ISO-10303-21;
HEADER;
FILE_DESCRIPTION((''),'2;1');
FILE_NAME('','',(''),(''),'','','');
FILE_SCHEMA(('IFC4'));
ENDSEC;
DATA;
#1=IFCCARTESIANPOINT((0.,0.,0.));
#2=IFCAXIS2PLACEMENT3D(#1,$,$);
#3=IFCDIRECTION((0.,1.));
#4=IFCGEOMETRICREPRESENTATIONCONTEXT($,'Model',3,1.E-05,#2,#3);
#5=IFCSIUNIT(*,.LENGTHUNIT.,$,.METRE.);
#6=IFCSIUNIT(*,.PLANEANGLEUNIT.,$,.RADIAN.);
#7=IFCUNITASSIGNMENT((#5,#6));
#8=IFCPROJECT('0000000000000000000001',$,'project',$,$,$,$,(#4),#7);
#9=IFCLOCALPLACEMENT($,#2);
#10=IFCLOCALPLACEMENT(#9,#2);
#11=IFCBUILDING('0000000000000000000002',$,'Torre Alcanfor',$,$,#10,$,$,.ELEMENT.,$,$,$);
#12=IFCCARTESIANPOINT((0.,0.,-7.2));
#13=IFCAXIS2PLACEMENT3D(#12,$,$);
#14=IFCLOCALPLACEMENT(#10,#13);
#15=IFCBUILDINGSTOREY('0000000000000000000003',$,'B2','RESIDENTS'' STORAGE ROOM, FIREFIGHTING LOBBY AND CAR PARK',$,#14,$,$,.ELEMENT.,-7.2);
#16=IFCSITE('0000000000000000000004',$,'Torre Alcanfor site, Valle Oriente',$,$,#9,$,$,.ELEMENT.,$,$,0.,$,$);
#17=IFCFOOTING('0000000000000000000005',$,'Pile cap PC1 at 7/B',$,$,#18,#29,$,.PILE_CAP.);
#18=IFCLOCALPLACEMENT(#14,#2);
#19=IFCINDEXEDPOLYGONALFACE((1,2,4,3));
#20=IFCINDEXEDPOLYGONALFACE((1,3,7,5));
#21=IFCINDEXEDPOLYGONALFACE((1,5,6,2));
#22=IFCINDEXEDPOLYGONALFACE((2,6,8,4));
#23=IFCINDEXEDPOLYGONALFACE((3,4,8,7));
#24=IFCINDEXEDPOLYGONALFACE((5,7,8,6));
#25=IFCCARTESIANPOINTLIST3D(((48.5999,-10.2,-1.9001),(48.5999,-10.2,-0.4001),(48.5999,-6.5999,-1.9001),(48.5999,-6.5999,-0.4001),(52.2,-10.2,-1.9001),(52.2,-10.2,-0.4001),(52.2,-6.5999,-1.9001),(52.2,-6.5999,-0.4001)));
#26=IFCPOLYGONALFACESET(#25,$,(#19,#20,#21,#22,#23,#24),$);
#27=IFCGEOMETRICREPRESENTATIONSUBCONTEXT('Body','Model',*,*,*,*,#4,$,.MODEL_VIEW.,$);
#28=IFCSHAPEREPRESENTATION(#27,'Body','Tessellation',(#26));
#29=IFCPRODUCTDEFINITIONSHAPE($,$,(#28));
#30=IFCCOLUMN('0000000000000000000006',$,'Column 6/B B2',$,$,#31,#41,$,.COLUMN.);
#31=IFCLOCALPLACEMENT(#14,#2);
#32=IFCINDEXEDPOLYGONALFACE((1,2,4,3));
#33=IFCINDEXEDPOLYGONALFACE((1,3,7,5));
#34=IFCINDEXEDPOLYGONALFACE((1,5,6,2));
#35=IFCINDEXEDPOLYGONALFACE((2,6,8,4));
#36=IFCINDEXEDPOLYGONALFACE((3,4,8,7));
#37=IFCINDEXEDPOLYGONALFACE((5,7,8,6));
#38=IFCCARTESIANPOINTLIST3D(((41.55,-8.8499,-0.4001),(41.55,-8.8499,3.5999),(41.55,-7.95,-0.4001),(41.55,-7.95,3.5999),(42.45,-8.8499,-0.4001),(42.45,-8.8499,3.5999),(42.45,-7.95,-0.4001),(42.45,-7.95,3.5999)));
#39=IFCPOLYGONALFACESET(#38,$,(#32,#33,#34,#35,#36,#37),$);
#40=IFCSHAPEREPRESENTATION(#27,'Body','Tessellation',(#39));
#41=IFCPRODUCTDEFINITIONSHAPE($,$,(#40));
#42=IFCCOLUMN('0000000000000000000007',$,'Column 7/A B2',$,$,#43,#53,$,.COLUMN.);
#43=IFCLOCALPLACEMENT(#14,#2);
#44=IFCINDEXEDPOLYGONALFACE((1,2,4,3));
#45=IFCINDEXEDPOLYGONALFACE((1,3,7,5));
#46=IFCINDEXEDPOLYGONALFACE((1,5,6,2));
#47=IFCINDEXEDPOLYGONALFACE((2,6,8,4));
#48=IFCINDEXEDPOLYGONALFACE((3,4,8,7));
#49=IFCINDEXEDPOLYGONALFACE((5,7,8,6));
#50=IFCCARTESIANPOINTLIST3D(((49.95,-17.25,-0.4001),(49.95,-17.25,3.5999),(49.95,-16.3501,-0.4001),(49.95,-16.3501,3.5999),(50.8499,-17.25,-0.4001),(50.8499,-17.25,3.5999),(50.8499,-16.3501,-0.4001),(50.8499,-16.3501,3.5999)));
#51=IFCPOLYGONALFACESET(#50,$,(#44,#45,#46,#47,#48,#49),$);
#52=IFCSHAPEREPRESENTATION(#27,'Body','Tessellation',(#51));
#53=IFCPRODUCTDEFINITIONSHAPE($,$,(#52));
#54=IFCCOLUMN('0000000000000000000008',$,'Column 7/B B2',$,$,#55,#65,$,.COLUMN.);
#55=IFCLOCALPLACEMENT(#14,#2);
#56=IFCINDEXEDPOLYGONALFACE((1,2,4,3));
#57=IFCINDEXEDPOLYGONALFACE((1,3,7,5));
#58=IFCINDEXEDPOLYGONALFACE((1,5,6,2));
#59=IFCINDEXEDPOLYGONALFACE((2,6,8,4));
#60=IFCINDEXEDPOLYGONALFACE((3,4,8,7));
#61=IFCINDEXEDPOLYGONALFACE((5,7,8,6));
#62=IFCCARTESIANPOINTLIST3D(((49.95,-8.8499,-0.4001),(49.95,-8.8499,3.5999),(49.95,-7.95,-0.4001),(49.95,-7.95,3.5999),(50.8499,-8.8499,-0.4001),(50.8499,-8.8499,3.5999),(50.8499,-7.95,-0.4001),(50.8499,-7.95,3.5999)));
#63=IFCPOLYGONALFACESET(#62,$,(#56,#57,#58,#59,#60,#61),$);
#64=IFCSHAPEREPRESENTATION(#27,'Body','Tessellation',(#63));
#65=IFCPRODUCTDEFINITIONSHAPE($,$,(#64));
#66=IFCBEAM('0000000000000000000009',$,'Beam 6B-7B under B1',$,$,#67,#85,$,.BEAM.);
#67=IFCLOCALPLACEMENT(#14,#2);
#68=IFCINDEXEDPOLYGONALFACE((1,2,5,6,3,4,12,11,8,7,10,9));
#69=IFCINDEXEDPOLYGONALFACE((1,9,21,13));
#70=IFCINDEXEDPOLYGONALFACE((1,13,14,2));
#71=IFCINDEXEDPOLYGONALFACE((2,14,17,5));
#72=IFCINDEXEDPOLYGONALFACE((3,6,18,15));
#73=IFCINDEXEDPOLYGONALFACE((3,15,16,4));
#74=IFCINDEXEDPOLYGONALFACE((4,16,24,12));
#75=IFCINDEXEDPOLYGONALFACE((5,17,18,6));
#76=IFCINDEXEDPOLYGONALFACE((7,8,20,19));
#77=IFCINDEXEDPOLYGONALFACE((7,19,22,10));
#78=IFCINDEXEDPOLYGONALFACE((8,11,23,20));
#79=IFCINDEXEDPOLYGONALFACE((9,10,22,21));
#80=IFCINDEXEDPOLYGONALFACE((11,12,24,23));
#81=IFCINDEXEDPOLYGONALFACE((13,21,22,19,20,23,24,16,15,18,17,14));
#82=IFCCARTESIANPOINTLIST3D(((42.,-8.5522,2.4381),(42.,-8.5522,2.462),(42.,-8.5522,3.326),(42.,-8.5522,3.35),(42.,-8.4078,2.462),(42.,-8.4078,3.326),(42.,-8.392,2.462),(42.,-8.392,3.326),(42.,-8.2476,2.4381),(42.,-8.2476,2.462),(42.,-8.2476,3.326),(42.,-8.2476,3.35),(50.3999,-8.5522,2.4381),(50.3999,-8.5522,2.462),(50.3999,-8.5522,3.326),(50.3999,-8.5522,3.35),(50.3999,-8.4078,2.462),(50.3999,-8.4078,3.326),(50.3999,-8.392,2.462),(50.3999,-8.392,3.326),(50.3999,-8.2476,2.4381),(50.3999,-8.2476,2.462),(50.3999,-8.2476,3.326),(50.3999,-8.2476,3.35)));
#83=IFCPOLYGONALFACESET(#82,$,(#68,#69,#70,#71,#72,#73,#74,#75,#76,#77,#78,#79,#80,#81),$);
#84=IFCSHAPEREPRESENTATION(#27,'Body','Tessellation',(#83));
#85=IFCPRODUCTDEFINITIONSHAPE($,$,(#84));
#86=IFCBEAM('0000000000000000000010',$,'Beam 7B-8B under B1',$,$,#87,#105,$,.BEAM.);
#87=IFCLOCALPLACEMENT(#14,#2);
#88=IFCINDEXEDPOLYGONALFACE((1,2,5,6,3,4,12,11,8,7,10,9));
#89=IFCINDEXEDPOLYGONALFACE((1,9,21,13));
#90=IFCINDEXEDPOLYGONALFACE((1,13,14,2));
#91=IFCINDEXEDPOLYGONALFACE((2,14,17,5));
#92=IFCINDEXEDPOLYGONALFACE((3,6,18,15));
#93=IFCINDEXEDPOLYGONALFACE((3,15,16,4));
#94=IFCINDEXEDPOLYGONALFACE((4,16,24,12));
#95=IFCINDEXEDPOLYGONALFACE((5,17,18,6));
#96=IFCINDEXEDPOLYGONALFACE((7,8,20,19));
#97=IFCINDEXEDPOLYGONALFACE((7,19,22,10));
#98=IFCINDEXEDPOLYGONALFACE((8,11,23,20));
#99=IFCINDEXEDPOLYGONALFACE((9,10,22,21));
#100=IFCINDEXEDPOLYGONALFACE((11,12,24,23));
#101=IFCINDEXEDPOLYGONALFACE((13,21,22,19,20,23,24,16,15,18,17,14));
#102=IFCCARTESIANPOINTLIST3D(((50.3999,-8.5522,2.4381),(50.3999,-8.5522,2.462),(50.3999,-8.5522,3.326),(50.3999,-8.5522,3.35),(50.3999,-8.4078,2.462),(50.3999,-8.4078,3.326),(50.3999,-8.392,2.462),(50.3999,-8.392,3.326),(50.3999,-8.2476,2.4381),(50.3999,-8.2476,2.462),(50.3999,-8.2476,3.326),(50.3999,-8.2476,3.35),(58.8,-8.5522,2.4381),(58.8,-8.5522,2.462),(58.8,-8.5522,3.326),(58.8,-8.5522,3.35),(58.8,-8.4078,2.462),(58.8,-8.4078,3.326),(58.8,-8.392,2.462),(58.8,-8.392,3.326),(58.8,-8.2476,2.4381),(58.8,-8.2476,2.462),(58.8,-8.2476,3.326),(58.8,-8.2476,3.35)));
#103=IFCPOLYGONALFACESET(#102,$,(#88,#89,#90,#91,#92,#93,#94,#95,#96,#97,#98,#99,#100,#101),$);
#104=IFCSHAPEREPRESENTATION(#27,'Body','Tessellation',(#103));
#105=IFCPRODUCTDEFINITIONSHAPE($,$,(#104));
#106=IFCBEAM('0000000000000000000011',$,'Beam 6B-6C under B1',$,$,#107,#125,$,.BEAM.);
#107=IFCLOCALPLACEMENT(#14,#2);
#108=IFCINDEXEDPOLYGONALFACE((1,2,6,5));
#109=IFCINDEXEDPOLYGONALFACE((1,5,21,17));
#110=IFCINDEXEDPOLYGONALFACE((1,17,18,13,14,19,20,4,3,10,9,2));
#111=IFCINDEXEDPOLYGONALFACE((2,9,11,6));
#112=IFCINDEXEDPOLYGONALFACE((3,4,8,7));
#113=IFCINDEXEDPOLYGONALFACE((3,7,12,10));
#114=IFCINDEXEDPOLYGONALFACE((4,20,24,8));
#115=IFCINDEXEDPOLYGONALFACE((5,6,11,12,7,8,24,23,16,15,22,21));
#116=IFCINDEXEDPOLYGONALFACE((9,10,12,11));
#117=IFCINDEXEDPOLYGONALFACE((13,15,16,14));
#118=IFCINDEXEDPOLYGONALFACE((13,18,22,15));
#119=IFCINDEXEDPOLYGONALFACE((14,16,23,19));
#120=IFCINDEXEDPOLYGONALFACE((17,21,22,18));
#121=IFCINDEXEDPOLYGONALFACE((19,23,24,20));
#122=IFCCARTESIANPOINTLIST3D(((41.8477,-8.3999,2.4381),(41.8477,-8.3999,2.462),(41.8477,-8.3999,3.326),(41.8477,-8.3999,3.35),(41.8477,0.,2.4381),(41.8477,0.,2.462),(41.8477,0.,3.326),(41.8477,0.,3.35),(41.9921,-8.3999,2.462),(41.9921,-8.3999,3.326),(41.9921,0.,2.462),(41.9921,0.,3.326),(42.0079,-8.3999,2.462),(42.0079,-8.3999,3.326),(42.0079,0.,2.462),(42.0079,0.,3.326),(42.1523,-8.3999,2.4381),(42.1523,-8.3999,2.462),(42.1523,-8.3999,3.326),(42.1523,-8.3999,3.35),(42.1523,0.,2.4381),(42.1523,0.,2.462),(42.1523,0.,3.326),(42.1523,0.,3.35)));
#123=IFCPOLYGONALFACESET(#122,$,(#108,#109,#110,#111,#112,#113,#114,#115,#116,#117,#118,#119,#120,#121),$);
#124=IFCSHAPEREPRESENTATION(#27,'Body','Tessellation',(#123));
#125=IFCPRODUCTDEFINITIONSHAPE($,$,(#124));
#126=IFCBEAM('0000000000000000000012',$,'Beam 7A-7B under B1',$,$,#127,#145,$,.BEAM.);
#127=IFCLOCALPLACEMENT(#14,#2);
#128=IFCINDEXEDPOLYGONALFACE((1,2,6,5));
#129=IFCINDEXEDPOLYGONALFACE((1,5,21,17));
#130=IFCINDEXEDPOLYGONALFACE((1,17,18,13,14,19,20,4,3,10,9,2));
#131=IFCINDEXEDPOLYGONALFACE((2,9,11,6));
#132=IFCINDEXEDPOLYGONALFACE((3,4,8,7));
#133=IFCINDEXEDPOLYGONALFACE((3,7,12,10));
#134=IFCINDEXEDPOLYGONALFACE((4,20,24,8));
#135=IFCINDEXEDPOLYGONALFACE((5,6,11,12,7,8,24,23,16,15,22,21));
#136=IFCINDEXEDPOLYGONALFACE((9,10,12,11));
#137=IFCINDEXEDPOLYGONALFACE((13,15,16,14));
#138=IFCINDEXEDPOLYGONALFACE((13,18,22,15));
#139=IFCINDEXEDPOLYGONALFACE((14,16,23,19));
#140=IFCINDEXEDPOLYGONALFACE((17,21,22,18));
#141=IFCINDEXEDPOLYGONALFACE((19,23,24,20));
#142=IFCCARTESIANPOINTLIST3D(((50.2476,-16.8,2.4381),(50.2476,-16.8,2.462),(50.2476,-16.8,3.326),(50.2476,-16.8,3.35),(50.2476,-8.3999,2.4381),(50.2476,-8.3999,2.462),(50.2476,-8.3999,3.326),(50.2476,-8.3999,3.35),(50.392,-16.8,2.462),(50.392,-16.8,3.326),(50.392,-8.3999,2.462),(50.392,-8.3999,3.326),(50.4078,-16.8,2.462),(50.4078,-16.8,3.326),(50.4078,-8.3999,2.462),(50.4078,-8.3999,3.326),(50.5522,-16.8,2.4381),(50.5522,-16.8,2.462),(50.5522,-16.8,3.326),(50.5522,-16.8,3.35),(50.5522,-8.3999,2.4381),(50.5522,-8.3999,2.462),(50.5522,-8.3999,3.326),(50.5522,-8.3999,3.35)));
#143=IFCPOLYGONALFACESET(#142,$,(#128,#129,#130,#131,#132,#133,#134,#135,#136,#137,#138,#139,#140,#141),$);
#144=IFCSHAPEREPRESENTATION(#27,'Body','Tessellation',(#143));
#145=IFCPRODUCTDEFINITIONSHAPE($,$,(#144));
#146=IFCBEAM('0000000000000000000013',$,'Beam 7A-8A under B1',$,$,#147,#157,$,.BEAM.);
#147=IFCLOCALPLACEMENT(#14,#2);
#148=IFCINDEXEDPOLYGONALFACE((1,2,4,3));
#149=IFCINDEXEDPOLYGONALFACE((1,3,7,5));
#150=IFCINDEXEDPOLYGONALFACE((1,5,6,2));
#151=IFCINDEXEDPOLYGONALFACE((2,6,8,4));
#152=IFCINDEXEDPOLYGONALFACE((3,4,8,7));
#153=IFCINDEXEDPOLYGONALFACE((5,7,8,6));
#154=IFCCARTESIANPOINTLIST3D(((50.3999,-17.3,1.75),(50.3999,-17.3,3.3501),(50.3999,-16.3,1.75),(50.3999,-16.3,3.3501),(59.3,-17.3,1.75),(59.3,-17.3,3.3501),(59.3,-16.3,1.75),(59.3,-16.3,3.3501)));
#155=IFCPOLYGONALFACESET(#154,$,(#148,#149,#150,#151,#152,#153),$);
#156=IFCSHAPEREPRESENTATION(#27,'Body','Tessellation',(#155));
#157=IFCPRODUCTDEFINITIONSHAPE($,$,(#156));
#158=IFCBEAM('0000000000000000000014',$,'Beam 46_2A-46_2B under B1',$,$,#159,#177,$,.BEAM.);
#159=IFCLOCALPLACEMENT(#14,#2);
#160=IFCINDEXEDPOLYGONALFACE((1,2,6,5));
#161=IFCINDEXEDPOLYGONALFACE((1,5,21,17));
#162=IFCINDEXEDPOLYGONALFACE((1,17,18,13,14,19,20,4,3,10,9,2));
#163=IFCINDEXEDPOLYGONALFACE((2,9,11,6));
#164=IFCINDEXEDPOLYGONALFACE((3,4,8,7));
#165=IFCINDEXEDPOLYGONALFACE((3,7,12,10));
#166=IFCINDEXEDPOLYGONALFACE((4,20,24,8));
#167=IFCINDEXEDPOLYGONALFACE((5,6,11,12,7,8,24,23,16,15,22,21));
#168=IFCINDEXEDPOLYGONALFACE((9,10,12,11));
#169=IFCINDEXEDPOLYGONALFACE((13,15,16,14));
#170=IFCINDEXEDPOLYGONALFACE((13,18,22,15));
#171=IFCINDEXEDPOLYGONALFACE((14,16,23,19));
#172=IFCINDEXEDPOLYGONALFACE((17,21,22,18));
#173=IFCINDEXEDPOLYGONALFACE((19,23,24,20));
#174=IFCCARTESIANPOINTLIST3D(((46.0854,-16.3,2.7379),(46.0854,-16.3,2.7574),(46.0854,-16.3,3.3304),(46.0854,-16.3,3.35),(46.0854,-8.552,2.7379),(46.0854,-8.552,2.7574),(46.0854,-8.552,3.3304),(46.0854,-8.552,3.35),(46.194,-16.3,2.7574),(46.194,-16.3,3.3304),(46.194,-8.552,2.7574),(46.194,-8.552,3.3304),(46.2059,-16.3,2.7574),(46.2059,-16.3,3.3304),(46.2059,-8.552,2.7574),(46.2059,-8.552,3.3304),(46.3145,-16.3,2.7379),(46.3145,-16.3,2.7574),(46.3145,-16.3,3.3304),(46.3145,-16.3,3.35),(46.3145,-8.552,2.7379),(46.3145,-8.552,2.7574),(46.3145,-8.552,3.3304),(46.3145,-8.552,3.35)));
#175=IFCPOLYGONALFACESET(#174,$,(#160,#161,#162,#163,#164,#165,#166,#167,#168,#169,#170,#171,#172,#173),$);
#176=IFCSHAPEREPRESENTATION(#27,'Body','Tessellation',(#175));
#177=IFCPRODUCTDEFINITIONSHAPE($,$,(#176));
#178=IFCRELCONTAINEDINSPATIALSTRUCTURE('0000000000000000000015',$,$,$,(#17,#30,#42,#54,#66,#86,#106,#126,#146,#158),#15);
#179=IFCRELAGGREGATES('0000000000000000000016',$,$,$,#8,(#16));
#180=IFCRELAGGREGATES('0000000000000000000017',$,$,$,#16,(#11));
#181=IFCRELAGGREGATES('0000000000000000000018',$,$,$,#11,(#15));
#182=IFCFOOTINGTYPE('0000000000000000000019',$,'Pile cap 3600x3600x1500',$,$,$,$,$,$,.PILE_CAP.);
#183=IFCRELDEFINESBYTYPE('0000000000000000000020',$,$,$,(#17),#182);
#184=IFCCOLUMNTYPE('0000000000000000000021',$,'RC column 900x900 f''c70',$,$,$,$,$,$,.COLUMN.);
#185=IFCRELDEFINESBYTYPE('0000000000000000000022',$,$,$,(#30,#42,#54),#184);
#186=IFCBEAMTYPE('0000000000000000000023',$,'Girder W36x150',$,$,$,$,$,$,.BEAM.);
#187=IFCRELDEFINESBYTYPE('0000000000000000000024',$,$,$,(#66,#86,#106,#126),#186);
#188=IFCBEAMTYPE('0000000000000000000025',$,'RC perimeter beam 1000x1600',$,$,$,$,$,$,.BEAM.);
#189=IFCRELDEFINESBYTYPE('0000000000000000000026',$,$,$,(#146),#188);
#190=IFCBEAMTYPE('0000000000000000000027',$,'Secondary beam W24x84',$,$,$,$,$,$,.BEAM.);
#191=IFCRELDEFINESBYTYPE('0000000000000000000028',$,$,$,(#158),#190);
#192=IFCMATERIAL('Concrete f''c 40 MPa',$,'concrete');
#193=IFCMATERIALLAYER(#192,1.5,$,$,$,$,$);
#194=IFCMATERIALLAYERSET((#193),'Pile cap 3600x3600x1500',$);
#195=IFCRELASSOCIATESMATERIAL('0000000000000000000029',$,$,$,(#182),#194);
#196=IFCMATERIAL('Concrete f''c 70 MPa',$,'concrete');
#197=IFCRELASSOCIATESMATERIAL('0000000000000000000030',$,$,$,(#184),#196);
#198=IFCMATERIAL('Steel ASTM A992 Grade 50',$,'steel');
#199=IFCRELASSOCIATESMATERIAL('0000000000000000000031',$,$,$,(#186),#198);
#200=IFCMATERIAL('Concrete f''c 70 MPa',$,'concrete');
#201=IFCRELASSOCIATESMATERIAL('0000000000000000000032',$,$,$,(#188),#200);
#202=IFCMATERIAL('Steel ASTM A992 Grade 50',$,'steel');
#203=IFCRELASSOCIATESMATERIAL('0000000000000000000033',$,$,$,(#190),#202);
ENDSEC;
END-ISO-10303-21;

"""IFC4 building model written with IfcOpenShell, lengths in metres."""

from ifc_helpers import new_model, si_unit, direction, frame, origin, origin_2d, place, context, subcontext, project, spatial, rectangle, i_section, extrude, material, layer, layer_set, material_profile, profile_set, type_object, element, save


model = new_model("IFC4")

# Units and contexts
model_context = context("Model", 3, precision=1e-05, world=origin(), true_north=direction((0.0, 1.0)))
body_context = subcontext(model_context, "Body", "Model", "MODEL_VIEW")
ifc_project = project(units=[si_unit("LENGTHUNIT", "METRE"), si_unit("PLANEANGLEUNIT", "RADIAN")], contexts=[model_context])

# Site, building, storey
site_placement = place(None, origin())
site = spatial("IfcSite", under=ifc_project, at=site_placement, Name="Torre Alcanfor site, Valle Oriente", CompositionType="ELEMENT", RefElevation=0.0)
building_placement = place(site_placement, origin())
building = spatial("IfcBuilding", under=site, at=building_placement, Name="Torre Alcanfor", CompositionType="ELEMENT")
storey_placement = place(building_placement, frame((0.0, 0.0, -7.2)))
storey = spatial("IfcBuildingStorey", under=building, at=storey_placement, Name="B2", Description="RESIDENTS' STORAGE ROOM, FIREFIGHTING LOBBY AND CAR PARK", CompositionType="ELEMENT", Elevation=-7.2)

# Footing
ifc_material_1 = material(Name="Concrete f'c 40 MPa", Category="concrete")
ifc_layer = layer(ifc_material_1, 1.5)
ifc_layer_set = layer_set([ifc_layer], Name="Pile cap 3600x3600x1500")
footing_type = type_object("IfcFootingType", Name="Pile cap 3600x3600x1500", PredefinedType="PILE_CAP", material=ifc_layer_set)
for number, where, z_axis, x_axis, name in (
    (1, (50.3999, -8.3999, -1.9001), (0.0, 0.0, 1.0), (1.0, 0.0, 0.0), "Pile cap PC1 at 7/B"),
):
    element("IfcFooting", number, at=place(storey_placement, frame(where, z_axis=z_axis, x_axis=x_axis)), inside=storey, type_object=footing_type, Name=name, PredefinedType="PILE_CAP", context=body_context, shape_type="SweptSolid", body=[
        extrude(rectangle(XDim=3.6001, YDim=3.6001, at=origin_2d()), origin(), (0.0, 0.0, 1.0), 1.5),
    ])

# Columns
ifc_material_2 = material(Name="Concrete f'c 70 MPa", Category="concrete")
ifc_material_profile_1 = material_profile(ifc_material_2, rectangle(XDim=0.8999, YDim=0.8999, at=origin_2d()), Name="900x900")
ifc_profile_set_1 = profile_set([ifc_material_profile_1], Name="Concrete f'c 70 MPa")
column_type = type_object("IfcColumnType", Name="RC column 900x900 f'c70", PredefinedType="COLUMN", material=ifc_profile_set_1)
for number, where, z_axis, x_axis, name in (
    (2, (42.0, -8.3999, -0.4001), (0.0, 0.0, 1.0), (1.0, 0.0, 0.0), "Column 6/B B2"),
    (3, (50.3999, -16.8, -0.4001), (0.0, 0.0, 1.0), (1.0, 0.0, 0.0), "Column 7/A B2"),
    (4, (50.3999, -8.3999, -0.4001), (0.0, 0.0, 1.0), (1.0, 0.0, 0.0), "Column 7/B B2"),
):
    element("IfcColumn", number, at=place(storey_placement, frame(where, z_axis=z_axis, x_axis=x_axis)), inside=storey, type_object=column_type, Name=name, PredefinedType="COLUMN", context=body_context, shape_type="SweptSolid", body=[
        extrude(rectangle(XDim=0.8999, YDim=0.8999, at=origin_2d()), origin(), (0.0, 0.0, 1.0), 4.0),
    ])

# Beams
ifc_material_3 = material(Name="Steel ASTM A992 Grade 50", Category="steel")
ifc_material_profile_2 = material_profile(ifc_material_3, i_section(OverallWidth=0.3047, OverallDepth=0.9119, WebThickness=0.0159, FlangeThickness=0.0239, at=origin_2d()), Name="W36x150")
ifc_profile_set_2 = profile_set([ifc_material_profile_2], Name="Steel ASTM A992 Grade 50")
beam_type_1 = type_object("IfcBeamType", Name="Girder W36x150", PredefinedType="BEAM", material=ifc_profile_set_2)
beam_1_placement = place(storey_placement, frame((42.0, -8.3999, 2.894), z_axis=(1.0, 0.0, 0.0), x_axis=(0.0, 1.0, 0.0)))
element("IfcBeam", 5, at=beam_1_placement, inside=storey, type_object=beam_type_1, Name="Beam 6B-7B under B1", PredefinedType="BEAM", context=body_context, shape_type="SweptSolid", body=[
    extrude(i_section(OverallWidth=0.3047, OverallDepth=0.9119, WebThickness=0.0159, FlangeThickness=0.0239, at=origin_2d()), origin(), (0.0, 0.0, 1.0), 8.3999),
])
beam_2_placement = place(storey_placement, frame((50.3999, -8.3999, 2.894), z_axis=(1.0, 0.0, 0.0), x_axis=(0.0, 1.0, 0.0)))
element("IfcBeam", 6, at=beam_2_placement, inside=storey, type_object=beam_type_1, Name="Beam 7B-8B under B1", PredefinedType="BEAM", context=body_context, shape_type="SweptSolid", body=[
    extrude(i_section(OverallWidth=0.3047, OverallDepth=0.9119, WebThickness=0.0159, FlangeThickness=0.0239, at=origin_2d()), origin(), (0.0, 0.0, 1.0), 8.4001),
])
beam_3_placement = place(storey_placement, frame((42.0, -8.3999, 2.894), z_axis=(0.0, 1.0, 0.0), x_axis=(-1.0, 0.0, 0.0)))
element("IfcBeam", 7, at=beam_3_placement, inside=storey, type_object=beam_type_1, Name="Beam 6B-6C under B1", PredefinedType="BEAM", context=body_context, shape_type="SweptSolid", body=[
    extrude(i_section(OverallWidth=0.3047, OverallDepth=0.9119, WebThickness=0.0159, FlangeThickness=0.0239, at=origin_2d()), origin(), (0.0, 0.0, 1.0), 8.3999),
])
beam_4_placement = place(storey_placement, frame((50.3999, -16.8, 2.894), z_axis=(0.0, 1.0, 0.0), x_axis=(-1.0, 0.0, 0.0)))
element("IfcBeam", 8, at=beam_4_placement, inside=storey, type_object=beam_type_1, Name="Beam 7A-7B under B1", PredefinedType="BEAM", context=body_context, shape_type="SweptSolid", body=[
    extrude(i_section(OverallWidth=0.3047, OverallDepth=0.9119, WebThickness=0.0159, FlangeThickness=0.0239, at=origin_2d()), origin(), (0.0, 0.0, 1.0), 8.4001),
])
ifc_material_4 = material(Name="Concrete f'c 70 MPa", Category="concrete")
ifc_material_profile_3 = material_profile(ifc_material_4, rectangle(XDim=1.0, YDim=1.6001, at=origin_2d()), Name="1000x1600")
ifc_profile_set_3 = profile_set([ifc_material_profile_3], Name="Concrete f'c 70 MPa")
beam_type_2 = type_object("IfcBeamType", Name="RC perimeter beam 1000x1600", PredefinedType="BEAM", material=ifc_profile_set_3)
beam_5_placement = place(storey_placement, frame((50.3999, -16.8, 2.55), z_axis=(1.0, 0.0, 0.0), x_axis=(0.0, 1.0, 0.0)))
element("IfcBeam", 9, at=beam_5_placement, inside=storey, type_object=beam_type_2, Name="Beam 7A-8A under B1", PredefinedType="BEAM", context=body_context, shape_type="SweptSolid", body=[
    extrude(rectangle(XDim=1.0, YDim=1.6001, at=origin_2d()), origin(), (0.0, 0.0, 1.0), 8.9001),
])
ifc_material_5 = material(Name="Steel ASTM A992 Grade 50", Category="steel")
ifc_material_profile_4 = material_profile(ifc_material_5, i_section(OverallWidth=0.229, OverallDepth=0.6121, WebThickness=0.012, FlangeThickness=0.0195, at=origin_2d()), Name="W24x84")
ifc_profile_set_4 = profile_set([ifc_material_profile_4], Name="Steel ASTM A992 Grade 50")
beam_type_3 = type_object("IfcBeamType", Name="Secondary beam W24x84", PredefinedType="BEAM", material=ifc_profile_set_4)
beam_6_placement = place(storey_placement, frame((46.2, -16.3, 3.0439), z_axis=(0.0, 1.0, 0.0), x_axis=(-1.0, 0.0, 0.0)))
element("IfcBeam", 10, at=beam_6_placement, inside=storey, type_object=beam_type_3, Name="Beam 46_2A-46_2B under B1", PredefinedType="BEAM", context=body_context, shape_type="SweptSolid", body=[
    extrude(i_section(OverallWidth=0.229, OverallDepth=0.6121, WebThickness=0.012, FlangeThickness=0.0195, at=origin_2d()), origin(), (0.0, 0.0, 1.0), 7.748),
])

save(model, "model.ifc")
